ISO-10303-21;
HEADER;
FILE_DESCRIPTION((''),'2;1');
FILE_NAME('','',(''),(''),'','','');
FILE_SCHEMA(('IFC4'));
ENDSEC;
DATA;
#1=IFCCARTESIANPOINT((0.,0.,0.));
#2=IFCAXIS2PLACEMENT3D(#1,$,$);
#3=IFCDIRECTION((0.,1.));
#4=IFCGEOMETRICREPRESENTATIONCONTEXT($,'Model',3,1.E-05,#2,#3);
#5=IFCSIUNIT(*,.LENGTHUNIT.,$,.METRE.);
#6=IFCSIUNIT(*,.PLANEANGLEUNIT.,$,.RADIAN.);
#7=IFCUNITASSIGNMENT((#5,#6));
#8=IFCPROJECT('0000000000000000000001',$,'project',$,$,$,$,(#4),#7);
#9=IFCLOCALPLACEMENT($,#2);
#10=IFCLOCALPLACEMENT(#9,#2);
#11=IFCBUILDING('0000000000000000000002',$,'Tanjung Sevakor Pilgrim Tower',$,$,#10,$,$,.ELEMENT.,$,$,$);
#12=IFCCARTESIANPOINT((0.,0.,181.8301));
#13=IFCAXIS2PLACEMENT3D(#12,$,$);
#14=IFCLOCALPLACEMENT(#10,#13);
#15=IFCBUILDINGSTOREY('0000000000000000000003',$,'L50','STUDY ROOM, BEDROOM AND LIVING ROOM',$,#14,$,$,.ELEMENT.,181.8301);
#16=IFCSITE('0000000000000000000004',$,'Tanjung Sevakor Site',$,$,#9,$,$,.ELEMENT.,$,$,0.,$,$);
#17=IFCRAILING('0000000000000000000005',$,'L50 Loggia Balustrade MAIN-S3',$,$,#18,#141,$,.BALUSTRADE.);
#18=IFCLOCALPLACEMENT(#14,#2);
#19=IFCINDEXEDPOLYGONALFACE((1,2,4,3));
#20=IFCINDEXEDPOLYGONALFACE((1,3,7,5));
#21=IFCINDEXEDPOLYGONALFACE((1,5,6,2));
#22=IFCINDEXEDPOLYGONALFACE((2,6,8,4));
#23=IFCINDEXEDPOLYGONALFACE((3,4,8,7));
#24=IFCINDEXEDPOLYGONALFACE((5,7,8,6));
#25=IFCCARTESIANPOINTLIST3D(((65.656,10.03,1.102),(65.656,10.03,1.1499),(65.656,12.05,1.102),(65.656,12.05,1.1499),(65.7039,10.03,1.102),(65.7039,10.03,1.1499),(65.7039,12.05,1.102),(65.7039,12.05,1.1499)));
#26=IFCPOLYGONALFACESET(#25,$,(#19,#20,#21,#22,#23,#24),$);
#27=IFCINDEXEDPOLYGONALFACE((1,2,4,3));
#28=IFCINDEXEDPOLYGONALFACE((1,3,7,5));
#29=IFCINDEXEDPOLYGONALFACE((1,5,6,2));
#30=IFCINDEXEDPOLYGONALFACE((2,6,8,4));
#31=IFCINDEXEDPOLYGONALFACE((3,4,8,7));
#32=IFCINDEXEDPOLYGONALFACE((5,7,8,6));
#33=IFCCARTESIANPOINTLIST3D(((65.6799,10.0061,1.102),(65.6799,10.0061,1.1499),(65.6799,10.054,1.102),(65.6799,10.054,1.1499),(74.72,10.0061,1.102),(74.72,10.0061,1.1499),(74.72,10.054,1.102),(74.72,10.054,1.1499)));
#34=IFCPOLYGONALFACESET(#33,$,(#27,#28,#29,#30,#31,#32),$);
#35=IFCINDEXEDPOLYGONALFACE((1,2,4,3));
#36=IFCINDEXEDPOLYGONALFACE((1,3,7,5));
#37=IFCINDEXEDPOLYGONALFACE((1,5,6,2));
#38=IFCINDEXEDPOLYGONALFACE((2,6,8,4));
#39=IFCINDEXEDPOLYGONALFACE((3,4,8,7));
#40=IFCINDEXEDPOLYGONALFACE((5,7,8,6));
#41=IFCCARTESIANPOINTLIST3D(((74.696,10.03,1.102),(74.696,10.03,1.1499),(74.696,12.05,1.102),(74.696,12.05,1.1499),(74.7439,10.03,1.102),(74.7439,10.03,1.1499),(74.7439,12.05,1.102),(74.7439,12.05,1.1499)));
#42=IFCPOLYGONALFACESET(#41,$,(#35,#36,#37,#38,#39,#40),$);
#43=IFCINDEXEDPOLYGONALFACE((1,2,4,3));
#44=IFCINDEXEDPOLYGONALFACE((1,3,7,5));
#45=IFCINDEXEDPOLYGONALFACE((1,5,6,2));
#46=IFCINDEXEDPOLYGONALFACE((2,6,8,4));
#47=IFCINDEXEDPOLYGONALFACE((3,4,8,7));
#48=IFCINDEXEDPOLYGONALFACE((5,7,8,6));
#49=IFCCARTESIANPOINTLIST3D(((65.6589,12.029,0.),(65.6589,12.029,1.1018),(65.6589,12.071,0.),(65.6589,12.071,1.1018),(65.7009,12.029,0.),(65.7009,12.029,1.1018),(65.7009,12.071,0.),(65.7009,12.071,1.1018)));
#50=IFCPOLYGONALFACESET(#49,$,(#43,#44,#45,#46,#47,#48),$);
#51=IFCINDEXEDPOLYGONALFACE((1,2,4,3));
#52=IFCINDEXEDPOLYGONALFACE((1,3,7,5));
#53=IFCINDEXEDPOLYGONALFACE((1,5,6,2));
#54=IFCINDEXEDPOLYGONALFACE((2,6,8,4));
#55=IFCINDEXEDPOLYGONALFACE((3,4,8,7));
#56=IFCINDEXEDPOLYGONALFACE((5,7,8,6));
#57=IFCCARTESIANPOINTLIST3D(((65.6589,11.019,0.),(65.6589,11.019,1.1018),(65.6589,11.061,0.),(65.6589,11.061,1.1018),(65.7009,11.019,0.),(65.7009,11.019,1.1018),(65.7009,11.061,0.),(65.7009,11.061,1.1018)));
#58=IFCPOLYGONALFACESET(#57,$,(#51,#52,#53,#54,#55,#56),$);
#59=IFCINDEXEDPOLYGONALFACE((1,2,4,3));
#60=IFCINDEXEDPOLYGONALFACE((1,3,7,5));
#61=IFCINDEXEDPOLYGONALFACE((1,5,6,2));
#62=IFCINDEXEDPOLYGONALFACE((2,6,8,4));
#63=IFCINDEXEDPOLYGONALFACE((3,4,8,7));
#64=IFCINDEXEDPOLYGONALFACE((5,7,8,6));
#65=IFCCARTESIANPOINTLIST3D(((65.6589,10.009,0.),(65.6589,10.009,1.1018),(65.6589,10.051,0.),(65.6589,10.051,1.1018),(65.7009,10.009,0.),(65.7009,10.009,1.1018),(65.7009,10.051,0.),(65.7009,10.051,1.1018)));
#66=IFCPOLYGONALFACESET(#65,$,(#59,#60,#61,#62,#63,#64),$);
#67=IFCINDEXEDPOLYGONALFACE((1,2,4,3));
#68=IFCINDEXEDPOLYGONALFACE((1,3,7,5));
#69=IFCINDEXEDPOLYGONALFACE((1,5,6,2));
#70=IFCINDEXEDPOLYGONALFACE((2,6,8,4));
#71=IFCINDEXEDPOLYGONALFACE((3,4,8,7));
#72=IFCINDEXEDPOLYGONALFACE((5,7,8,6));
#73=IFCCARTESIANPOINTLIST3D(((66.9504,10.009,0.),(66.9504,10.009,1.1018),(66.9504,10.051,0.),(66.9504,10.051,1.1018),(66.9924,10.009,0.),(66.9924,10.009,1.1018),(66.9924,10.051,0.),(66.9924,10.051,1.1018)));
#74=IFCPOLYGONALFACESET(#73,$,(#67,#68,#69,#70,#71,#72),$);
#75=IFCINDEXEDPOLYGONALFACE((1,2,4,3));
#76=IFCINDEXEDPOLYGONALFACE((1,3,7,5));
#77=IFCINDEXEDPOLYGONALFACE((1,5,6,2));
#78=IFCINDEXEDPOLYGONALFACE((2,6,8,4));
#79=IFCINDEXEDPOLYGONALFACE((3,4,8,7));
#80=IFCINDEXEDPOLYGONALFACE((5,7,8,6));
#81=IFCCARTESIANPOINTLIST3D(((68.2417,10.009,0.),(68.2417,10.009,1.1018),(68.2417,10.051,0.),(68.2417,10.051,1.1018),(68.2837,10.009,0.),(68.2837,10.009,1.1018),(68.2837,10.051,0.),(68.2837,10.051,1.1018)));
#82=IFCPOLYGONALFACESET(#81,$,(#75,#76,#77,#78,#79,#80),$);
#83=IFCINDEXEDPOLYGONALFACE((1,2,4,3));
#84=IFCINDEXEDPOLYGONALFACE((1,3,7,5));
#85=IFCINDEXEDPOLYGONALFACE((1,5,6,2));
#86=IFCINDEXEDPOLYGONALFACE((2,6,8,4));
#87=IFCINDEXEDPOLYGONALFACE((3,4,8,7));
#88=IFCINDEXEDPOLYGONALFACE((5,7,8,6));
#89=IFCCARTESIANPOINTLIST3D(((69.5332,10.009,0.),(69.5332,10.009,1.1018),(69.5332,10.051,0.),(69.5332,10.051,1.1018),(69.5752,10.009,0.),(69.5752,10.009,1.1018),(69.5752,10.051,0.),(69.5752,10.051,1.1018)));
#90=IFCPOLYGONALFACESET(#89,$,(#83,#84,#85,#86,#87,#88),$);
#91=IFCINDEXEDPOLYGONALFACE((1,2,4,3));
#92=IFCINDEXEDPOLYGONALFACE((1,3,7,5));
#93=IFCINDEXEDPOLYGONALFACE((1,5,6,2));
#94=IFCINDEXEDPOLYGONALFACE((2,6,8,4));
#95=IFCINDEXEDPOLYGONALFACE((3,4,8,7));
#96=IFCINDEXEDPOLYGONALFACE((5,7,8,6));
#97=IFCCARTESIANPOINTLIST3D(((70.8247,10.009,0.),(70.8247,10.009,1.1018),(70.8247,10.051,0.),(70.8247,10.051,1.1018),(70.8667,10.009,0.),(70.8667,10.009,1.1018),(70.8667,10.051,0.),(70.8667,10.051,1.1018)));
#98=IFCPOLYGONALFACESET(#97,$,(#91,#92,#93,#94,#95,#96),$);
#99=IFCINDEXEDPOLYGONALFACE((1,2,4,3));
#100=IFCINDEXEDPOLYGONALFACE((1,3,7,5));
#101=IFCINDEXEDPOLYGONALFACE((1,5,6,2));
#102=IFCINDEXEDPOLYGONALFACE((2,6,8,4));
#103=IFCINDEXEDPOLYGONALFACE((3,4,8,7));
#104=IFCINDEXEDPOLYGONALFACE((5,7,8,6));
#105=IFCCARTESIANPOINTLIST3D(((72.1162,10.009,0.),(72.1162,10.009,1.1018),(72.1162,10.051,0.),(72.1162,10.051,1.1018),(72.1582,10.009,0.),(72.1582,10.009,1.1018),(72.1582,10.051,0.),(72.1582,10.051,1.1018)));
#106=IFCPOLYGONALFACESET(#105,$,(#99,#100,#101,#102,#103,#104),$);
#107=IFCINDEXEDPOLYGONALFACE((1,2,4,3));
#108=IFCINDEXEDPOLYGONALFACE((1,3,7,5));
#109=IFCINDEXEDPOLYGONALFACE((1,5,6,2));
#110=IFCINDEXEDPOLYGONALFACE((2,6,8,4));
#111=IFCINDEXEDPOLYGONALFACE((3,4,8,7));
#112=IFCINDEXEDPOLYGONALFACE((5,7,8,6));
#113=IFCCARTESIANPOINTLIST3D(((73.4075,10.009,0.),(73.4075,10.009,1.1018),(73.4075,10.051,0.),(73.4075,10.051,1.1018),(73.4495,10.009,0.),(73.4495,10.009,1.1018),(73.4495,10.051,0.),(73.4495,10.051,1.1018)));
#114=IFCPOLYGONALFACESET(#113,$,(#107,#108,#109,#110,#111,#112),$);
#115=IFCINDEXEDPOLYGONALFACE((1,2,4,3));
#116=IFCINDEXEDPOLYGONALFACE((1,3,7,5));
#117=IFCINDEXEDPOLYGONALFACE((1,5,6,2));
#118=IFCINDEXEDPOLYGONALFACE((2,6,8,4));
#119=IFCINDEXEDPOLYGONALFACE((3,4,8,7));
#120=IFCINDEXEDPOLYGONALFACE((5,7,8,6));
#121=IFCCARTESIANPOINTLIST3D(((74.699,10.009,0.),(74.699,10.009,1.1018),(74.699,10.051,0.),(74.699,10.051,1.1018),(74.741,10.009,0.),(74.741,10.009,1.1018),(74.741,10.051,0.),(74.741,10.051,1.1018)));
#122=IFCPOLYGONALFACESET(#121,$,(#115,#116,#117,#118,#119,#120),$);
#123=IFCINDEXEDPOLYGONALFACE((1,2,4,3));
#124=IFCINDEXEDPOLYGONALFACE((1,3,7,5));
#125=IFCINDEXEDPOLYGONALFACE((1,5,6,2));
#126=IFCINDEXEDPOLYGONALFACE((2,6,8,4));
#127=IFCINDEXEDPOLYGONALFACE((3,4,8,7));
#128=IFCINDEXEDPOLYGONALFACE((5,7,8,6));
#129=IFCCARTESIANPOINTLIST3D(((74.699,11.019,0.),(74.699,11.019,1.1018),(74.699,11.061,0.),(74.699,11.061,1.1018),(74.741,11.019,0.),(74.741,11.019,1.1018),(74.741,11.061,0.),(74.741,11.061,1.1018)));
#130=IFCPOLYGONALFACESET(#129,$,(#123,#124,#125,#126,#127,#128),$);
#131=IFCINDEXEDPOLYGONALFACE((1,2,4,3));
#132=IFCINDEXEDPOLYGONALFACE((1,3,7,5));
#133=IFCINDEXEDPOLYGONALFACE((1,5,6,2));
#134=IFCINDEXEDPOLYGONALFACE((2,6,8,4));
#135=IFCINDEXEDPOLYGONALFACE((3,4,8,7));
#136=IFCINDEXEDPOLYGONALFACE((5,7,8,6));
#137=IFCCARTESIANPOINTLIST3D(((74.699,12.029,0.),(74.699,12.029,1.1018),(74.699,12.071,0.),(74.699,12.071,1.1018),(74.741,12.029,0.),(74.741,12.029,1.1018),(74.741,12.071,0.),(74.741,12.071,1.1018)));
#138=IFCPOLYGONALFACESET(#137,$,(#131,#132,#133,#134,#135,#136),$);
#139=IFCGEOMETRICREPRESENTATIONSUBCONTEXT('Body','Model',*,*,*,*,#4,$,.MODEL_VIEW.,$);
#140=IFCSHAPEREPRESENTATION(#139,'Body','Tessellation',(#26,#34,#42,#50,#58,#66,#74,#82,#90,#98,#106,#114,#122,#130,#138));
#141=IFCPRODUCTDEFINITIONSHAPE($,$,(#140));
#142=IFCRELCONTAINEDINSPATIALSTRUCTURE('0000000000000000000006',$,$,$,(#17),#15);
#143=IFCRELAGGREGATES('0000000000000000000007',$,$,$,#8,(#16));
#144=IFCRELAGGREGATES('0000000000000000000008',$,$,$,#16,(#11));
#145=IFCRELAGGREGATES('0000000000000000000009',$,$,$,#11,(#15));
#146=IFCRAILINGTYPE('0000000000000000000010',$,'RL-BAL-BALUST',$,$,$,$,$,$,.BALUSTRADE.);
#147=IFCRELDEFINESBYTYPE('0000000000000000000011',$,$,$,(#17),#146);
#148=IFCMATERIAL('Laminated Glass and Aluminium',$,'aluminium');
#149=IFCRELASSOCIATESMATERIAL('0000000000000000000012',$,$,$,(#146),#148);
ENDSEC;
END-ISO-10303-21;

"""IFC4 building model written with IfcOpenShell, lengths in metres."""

from ifc_helpers import new_model, si_unit, direction, frame, origin, place, context, subcontext, project, spatial, rectangle, extrude, material, type_object, element, save


model = new_model("IFC4")

# Units and contexts
model_context = context("Model", 3, precision=1e-05, world=origin(), true_north=direction((0.0, 1.0)))
body_context = subcontext(model_context, "Body", "Model", "MODEL_VIEW")
ifc_project = project(units=[si_unit("LENGTHUNIT", "METRE"), si_unit("PLANEANGLEUNIT", "RADIAN")], contexts=[model_context])

# Site, building, storey
site_placement = place(None, origin())
site = spatial("IfcSite", under=ifc_project, at=site_placement, Name="Tanjung Sevakor Site", CompositionType="ELEMENT", RefElevation=0.0)
building_placement = place(site_placement, origin())
building = spatial("IfcBuilding", under=site, at=building_placement, Name="Tanjung Sevakor Pilgrim Tower", CompositionType="ELEMENT")
storey_placement = place(building_placement, frame((0.0, 0.0, 181.8301)))
storey = spatial("IfcBuildingStorey", under=building, at=storey_placement, Name="L50", Description="STUDY ROOM, BEDROOM AND LIVING ROOM", CompositionType="ELEMENT", Elevation=181.8301)

# Railing
ifc_material_1 = material(Name="Laminated Glass and Aluminium", Category="aluminium")
railing_type = type_object("IfcRailingType", Name="RL-BAL-BALUST", PredefinedType="BALUSTRADE", material=ifc_material_1)
railing_1_placement = place(storey_placement, frame((65.6799, 12.05, 0.0)))
element("IfcRailing", 1, at=railing_1_placement, inside=storey, type_object=railing_type, Name="L50 Loggia Balustrade MAIN-S3", PredefinedType="BALUSTRADE", context=body_context, shape_type="SweptSolid", body=[
    extrude(rectangle(XDim=0.0479, YDim=0.0479), frame((0.0, 0.0, 1.126), z_axis=(0.0, -1.0, 0.0), x_axis=(1.0, 0.0, 0.0)), (0.0, 0.0, 1.0), 2.02),
    extrude(rectangle(XDim=0.0479, YDim=0.0479), frame((0.0, -2.02, 1.126), z_axis=(1.0, 0.0, 0.0), x_axis=(0.0, 1.0, 0.0)), (0.0, 0.0, 1.0), 9.04),
    extrude(rectangle(XDim=0.0479, YDim=0.0479), frame((9.04, -2.02, 1.126), z_axis=(0.0, 1.0, 0.0), x_axis=(-1.0, 0.0, 0.0)), (0.0, 0.0, 1.0), 2.02),
    extrude(rectangle(XDim=0.042, YDim=0.042), origin(), (0.0, 0.0, 1.0), 1.1018),
    extrude(rectangle(XDim=0.042, YDim=0.042), frame((0.0, -1.01, 0.0)), (0.0, 0.0, 1.0), 1.1018),
    extrude(rectangle(XDim=0.042, YDim=0.042), frame((0.0, -2.02, 0.0)), (0.0, 0.0, 1.0), 1.1018),
    extrude(rectangle(XDim=0.042, YDim=0.042), frame((1.2915, -2.02, 0.0)), (0.0, 0.0, 1.0), 1.1018),
    extrude(rectangle(XDim=0.042, YDim=0.042), frame((2.5828, -2.02, 0.0)), (0.0, 0.0, 1.0), 1.1018),
    extrude(rectangle(XDim=0.042, YDim=0.042), frame((3.8743, -2.02, 0.0)), (0.0, 0.0, 1.0), 1.1018),
    extrude(rectangle(XDim=0.042, YDim=0.042), frame((5.1658, -2.02, 0.0)), (0.0, 0.0, 1.0), 1.1018),
    extrude(rectangle(XDim=0.042, YDim=0.042), frame((6.4573, -2.02, 0.0)), (0.0, 0.0, 1.0), 1.1018),
    extrude(rectangle(XDim=0.042, YDim=0.042), frame((7.7485, -2.02, 0.0)), (0.0, 0.0, 1.0), 1.1018),
    extrude(rectangle(XDim=0.042, YDim=0.042), frame((9.04, -2.02, 0.0)), (0.0, 0.0, 1.0), 1.1018),
    extrude(rectangle(XDim=0.042, YDim=0.042), frame((9.04, -1.01, 0.0)), (0.0, 0.0, 1.0), 1.1018),
    extrude(rectangle(XDim=0.042, YDim=0.042), frame((9.04, 0.0, 0.0)), (0.0, 0.0, 1.0), 1.1018),
])

save(model, "model.ifc")
